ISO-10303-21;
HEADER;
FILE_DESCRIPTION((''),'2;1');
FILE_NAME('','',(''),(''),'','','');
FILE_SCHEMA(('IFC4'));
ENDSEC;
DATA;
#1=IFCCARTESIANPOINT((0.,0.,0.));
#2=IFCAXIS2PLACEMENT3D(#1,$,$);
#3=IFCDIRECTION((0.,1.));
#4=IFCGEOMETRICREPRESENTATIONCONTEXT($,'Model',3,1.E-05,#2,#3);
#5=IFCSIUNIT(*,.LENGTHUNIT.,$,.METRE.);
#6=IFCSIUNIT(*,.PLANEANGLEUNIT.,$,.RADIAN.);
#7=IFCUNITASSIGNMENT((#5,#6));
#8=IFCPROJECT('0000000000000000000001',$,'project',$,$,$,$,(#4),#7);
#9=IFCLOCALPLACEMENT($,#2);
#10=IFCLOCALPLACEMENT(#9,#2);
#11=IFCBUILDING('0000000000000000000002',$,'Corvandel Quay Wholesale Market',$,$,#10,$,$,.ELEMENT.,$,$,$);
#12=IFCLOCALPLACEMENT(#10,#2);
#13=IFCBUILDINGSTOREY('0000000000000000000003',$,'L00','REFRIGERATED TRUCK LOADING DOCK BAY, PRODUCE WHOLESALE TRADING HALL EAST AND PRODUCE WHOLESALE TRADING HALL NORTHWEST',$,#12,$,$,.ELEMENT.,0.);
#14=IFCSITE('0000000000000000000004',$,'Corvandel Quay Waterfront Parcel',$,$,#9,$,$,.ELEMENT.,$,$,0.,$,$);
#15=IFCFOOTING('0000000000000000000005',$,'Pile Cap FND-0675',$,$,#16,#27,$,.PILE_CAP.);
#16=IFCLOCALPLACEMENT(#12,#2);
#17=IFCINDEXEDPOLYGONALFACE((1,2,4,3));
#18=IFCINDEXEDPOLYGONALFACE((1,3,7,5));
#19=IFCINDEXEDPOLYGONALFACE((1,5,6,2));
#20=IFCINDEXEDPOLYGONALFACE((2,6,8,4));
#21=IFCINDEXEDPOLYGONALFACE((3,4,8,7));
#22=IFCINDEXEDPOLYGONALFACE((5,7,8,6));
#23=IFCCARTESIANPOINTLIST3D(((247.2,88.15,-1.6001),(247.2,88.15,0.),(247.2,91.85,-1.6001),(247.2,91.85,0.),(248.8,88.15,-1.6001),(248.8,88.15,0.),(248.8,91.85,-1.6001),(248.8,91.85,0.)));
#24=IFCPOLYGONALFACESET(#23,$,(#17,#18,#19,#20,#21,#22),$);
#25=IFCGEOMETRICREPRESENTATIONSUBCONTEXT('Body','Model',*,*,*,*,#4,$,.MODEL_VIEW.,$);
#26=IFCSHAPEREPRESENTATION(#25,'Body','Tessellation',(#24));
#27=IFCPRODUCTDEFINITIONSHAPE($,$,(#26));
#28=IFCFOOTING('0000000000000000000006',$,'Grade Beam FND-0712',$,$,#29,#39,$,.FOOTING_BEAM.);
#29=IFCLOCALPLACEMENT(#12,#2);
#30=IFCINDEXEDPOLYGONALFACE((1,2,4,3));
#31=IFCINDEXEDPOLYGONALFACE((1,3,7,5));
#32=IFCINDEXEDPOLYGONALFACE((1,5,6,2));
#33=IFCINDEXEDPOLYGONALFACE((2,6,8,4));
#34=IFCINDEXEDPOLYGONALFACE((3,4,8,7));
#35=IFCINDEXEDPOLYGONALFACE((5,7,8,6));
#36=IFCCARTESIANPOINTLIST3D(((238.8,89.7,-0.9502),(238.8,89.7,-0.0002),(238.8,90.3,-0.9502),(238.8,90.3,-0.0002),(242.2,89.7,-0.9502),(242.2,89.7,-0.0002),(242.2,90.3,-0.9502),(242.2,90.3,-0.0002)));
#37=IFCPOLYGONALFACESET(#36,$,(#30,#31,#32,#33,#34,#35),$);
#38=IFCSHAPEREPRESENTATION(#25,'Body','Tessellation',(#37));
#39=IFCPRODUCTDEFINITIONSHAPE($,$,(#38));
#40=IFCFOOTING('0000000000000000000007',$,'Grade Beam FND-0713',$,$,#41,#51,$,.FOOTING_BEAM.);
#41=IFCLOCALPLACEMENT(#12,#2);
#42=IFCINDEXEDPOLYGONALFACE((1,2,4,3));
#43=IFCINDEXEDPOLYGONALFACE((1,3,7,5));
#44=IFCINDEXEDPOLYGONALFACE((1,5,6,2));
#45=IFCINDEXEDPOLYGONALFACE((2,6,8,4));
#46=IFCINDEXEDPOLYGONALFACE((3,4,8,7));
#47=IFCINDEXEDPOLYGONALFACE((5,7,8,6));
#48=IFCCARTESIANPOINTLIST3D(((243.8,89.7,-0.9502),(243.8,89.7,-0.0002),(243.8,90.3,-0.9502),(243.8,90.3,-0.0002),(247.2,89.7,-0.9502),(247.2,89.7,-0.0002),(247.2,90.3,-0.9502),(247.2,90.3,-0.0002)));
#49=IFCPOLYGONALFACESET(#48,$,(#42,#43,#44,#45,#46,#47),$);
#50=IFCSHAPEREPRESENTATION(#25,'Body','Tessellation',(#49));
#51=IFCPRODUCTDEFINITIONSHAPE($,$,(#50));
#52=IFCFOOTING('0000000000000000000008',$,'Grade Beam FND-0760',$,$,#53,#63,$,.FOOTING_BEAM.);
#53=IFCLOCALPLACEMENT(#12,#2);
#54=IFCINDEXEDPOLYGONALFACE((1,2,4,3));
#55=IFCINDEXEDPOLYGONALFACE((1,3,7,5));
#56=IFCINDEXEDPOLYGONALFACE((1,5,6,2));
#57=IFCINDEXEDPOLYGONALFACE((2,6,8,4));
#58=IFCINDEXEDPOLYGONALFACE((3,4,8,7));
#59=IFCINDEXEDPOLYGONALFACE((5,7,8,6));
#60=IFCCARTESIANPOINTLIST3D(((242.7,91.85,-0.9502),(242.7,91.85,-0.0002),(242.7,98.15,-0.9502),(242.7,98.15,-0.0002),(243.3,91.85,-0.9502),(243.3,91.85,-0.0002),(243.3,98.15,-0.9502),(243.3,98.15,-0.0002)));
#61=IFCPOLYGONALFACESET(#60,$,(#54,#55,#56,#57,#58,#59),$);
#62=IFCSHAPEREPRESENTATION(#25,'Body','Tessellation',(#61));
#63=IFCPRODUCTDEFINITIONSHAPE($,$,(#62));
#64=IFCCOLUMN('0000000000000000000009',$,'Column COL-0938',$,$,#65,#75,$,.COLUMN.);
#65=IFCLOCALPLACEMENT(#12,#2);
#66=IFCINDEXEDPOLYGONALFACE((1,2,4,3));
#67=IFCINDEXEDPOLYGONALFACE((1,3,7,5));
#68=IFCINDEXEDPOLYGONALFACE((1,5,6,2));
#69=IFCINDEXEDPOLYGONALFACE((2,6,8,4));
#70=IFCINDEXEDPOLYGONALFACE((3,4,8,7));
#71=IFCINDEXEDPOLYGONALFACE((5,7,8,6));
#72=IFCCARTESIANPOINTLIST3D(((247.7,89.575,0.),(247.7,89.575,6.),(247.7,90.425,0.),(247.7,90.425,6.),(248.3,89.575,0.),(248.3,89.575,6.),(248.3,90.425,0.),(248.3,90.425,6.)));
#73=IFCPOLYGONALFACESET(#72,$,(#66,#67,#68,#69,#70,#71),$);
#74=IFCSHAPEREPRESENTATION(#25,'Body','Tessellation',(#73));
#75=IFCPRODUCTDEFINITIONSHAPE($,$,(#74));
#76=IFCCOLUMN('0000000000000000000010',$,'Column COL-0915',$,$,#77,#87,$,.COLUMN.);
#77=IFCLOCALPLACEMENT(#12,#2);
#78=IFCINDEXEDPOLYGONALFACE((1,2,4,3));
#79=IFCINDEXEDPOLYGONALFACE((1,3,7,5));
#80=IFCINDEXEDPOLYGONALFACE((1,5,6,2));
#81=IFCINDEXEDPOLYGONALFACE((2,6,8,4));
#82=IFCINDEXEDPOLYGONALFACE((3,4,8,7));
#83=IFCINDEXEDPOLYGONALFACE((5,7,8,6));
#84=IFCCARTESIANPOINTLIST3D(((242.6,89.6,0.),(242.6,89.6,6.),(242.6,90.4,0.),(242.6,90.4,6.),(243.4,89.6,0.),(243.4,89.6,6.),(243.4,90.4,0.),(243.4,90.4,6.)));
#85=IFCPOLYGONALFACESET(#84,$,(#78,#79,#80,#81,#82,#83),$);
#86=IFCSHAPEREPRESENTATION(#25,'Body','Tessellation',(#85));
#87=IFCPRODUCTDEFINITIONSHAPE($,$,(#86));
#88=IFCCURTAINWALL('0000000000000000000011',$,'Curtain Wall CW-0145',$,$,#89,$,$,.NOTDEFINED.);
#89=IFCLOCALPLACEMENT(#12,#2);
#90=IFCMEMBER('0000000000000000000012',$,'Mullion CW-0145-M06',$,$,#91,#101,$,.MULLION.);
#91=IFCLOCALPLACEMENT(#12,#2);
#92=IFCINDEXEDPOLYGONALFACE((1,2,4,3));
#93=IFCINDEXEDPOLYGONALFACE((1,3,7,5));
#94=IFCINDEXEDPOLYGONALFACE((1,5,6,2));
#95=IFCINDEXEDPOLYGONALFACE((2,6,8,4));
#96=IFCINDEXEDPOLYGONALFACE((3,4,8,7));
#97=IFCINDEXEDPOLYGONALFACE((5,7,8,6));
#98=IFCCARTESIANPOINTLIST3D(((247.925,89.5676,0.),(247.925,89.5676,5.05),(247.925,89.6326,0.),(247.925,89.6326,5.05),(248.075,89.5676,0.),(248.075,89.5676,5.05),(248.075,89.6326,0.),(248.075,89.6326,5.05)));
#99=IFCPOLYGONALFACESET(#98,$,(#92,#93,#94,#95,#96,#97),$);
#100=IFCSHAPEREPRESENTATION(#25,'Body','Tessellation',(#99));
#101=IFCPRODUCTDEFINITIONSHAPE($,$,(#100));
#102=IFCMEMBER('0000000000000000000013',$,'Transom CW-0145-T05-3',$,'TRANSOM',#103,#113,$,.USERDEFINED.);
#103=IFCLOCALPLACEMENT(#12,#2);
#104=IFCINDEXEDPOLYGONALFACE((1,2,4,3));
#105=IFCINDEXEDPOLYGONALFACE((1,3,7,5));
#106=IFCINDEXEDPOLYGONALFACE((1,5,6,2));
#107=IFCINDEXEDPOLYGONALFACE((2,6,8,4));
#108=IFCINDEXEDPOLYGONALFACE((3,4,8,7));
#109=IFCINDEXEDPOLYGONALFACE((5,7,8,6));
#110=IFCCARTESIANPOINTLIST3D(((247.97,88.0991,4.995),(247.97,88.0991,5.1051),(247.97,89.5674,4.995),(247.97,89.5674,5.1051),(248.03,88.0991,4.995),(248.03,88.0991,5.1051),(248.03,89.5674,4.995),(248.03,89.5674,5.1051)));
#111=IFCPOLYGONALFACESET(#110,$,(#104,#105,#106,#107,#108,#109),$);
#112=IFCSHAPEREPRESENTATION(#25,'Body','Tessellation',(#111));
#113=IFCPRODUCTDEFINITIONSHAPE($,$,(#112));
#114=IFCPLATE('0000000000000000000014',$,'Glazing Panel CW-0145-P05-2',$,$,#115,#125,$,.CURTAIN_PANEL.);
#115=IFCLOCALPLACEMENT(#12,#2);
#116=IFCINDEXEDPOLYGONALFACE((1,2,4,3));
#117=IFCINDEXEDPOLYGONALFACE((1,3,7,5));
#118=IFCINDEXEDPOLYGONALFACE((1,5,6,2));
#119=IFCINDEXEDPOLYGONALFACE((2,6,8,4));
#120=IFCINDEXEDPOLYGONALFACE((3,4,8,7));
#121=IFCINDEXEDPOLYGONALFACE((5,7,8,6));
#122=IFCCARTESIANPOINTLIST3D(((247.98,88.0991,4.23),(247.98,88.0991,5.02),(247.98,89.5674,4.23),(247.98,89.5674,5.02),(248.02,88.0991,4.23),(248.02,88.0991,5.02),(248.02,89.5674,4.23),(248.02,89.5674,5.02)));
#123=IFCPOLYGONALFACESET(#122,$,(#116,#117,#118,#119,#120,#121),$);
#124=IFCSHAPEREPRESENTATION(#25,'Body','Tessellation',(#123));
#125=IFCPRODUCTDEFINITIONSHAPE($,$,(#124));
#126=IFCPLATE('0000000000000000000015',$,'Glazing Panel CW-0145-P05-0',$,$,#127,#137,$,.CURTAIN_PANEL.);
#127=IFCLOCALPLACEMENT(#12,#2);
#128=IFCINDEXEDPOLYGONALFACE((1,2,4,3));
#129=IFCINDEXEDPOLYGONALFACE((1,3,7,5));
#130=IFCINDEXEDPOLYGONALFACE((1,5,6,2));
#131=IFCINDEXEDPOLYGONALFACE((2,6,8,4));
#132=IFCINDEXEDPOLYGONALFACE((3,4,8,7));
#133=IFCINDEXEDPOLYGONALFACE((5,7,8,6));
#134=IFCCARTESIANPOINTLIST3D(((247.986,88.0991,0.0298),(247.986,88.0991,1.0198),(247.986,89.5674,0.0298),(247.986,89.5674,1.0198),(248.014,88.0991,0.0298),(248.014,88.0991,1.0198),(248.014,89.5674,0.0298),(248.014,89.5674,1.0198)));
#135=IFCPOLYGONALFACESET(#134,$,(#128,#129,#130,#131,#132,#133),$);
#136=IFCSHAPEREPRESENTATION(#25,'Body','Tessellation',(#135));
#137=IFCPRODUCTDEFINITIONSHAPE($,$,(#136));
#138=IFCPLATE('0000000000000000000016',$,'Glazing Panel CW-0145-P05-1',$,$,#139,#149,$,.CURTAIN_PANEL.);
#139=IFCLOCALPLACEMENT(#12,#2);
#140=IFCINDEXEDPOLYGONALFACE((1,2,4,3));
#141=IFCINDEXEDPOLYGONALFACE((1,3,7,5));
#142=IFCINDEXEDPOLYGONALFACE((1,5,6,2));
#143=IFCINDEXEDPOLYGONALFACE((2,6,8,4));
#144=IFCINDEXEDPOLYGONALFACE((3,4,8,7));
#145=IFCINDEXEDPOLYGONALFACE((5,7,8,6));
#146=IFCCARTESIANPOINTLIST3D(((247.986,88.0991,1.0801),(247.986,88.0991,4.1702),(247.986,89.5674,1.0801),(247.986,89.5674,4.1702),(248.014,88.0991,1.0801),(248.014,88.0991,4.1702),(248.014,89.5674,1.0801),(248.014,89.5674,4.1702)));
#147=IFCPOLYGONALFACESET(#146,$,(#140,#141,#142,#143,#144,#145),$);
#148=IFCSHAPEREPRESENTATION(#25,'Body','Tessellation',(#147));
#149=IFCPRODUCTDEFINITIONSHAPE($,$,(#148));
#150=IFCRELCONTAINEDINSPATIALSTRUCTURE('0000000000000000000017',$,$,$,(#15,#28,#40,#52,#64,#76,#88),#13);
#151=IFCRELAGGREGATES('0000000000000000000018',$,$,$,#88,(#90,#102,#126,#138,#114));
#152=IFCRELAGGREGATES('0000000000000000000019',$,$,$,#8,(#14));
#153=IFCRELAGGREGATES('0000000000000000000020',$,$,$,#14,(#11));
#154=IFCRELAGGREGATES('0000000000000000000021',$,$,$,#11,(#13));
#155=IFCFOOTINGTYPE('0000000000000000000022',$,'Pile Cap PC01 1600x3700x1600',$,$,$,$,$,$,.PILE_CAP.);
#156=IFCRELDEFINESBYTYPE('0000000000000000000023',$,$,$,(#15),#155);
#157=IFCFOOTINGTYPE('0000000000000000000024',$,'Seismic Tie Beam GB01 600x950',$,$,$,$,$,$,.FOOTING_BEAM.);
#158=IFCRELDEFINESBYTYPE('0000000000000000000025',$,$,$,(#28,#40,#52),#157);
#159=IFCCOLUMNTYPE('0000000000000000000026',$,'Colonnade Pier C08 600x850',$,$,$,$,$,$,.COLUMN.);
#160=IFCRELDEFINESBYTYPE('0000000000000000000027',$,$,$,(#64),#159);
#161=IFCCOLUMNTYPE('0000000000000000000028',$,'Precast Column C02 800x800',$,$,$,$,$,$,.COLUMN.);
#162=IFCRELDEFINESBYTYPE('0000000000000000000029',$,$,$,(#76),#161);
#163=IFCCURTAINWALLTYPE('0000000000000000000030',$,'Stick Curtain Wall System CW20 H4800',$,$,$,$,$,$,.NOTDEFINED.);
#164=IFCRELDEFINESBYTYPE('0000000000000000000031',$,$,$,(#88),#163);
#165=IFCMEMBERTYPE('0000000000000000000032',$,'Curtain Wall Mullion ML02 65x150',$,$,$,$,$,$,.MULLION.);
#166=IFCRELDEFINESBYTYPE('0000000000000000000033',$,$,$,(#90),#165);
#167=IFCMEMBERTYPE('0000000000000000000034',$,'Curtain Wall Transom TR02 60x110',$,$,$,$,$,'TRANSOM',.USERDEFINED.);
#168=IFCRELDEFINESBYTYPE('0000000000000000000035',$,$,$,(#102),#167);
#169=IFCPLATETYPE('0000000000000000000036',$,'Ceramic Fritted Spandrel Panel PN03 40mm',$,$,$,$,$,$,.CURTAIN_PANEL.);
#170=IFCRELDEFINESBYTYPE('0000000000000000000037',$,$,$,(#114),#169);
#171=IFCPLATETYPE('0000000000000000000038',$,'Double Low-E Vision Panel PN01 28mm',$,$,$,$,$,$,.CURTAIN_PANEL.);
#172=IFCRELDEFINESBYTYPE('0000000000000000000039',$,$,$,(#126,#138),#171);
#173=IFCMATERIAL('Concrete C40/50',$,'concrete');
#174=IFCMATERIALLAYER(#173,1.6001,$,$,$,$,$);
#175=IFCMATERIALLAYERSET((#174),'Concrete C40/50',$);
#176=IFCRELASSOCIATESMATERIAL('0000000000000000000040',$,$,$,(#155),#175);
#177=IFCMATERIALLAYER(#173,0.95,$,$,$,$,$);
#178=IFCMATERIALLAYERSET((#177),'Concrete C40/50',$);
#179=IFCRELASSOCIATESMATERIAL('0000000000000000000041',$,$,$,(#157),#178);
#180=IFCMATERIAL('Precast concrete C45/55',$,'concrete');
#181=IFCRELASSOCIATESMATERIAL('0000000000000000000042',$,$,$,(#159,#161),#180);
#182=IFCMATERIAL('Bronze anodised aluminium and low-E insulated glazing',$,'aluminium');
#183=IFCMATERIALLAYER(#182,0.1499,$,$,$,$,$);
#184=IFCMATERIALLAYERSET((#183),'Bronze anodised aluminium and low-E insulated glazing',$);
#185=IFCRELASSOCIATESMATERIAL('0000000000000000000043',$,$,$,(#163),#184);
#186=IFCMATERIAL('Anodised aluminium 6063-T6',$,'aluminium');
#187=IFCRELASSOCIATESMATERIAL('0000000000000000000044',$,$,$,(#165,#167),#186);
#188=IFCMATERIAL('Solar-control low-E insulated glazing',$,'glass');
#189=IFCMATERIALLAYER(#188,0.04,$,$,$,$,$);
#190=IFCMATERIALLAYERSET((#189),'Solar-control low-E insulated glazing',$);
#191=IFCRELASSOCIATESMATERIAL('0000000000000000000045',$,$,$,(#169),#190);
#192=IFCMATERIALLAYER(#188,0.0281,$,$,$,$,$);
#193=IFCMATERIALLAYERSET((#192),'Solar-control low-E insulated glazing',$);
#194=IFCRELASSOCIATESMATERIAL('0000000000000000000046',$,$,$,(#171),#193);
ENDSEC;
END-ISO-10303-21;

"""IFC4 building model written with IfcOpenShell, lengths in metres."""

from ifc_helpers import new_model, si_unit, direction, frame, origin, origin_2d, place, context, subcontext, project, spatial, rectangle, extrude, material, layer, layer_set, material_profile, profile_set, type_object, element, aggregate, save


model = new_model("IFC4")

# Units and contexts
model_context = context("Model", 3, precision=1e-05, world=origin(), true_north=direction((0.0, 1.0)))
body_context = subcontext(model_context, "Body", "Model", "MODEL_VIEW")
ifc_project = project(units=[si_unit("LENGTHUNIT", "METRE"), si_unit("PLANEANGLEUNIT", "RADIAN")], contexts=[model_context])

# Site, building, storey
site_placement = place(None, origin())
site = spatial("IfcSite", under=ifc_project, at=site_placement, Name="Corvandel Quay Waterfront Parcel", CompositionType="ELEMENT", RefElevation=0.0)
building_placement = place(site_placement, origin())
building = spatial("IfcBuilding", under=site, at=building_placement, Name="Corvandel Quay Wholesale Market", CompositionType="ELEMENT")
storey_placement = place(building_placement, origin())
storey = spatial("IfcBuildingStorey", under=building, at=storey_placement, Name="L00", Description="REFRIGERATED TRUCK LOADING DOCK BAY, PRODUCE WHOLESALE TRADING HALL EAST AND PRODUCE WHOLESALE TRADING HALL NORTHWEST", CompositionType="ELEMENT", Elevation=0.0)

# Shared definitions
ifc_material_1 = material(Name="Concrete C40/50", Category="concrete")

# Footings
ifc_layer_1 = layer(ifc_material_1, 1.6001)
ifc_layer_set_1 = layer_set([ifc_layer_1], Name="Concrete C40/50")
footing_type_1 = type_object("IfcFootingType", Name="Pile Cap PC01 1600x3700x1600", PredefinedType="PILE_CAP", material=ifc_layer_set_1)
for number, where, z_axis, x_axis, name in (
    (1, (248.0, 90.0, -1.6001), (0.0, 0.0, 1.0), (1.0, 0.0, 0.0), "Pile Cap FND-0675"),
):
    element("IfcFooting", number, at=place(storey_placement, frame(where, z_axis=z_axis, x_axis=x_axis)), inside=storey, type_object=footing_type_1, Name=name, PredefinedType="PILE_CAP", context=body_context, shape_type="SweptSolid", body=[
        extrude(rectangle(XDim=1.6001, YDim=3.7, at=origin_2d()), origin(), (0.0, 0.0, 1.0), 1.6001),
    ])
ifc_layer_2 = layer(ifc_material_1, 0.95)
ifc_layer_set_2 = layer_set([ifc_layer_2], Name="Concrete C40/50")
footing_type_2 = type_object("IfcFootingType", Name="Seismic Tie Beam GB01 600x950", PredefinedType="FOOTING_BEAM", material=ifc_layer_set_2)
for number, where, z_axis, x_axis, name in (
    (2, (240.5, 90.0, -0.9502), (0.0, 0.0, 1.0), (1.0, 0.0, 0.0), "Grade Beam FND-0712"),
    (3, (245.5, 90.0, -0.9502), (0.0, 0.0, 1.0), (1.0, 0.0, 0.0), "Grade Beam FND-0713"),
):
    element("IfcFooting", number, at=place(storey_placement, frame(where, z_axis=z_axis, x_axis=x_axis)), inside=storey, type_object=footing_type_2, Name=name, PredefinedType="FOOTING_BEAM", context=body_context, shape_type="SweptSolid", body=[
        extrude(rectangle(XDim=3.3999, YDim=0.6001, at=origin_2d()), origin(), (0.0, 0.0, 1.0), 0.95),
    ])
footing_1_placement = place(storey_placement, frame((243.0, 95.0, -0.9502), z_axis=(0.0, 0.0, 1.0), x_axis=(0.0, 1.0, 0.0)))
element("IfcFooting", 4, at=footing_1_placement, inside=storey, type_object=footing_type_2, Name="Grade Beam FND-0760", PredefinedType="FOOTING_BEAM", context=body_context, shape_type="SweptSolid", body=[
    extrude(rectangle(XDim=6.3, YDim=0.6001, at=origin_2d()), origin(), (0.0, 0.0, 1.0), 0.95),
])

# Columns
ifc_material_2 = material(Name="Precast concrete C45/55", Category="concrete")
ifc_material_profile_1 = material_profile(ifc_material_2, rectangle(XDim=0.6001, YDim=0.8501, at=origin_2d()), Name="PC-COL-600x850")
ifc_profile_set_1 = profile_set([ifc_material_profile_1], Name="Precast concrete C45/55")
column_type_1 = type_object("IfcColumnType", Name="Colonnade Pier C08 600x850", PredefinedType="COLUMN", material=ifc_profile_set_1)
column_1_placement = place(storey_placement, frame((248.0, 90.0, 0.0), z_axis=(0.0, 0.0, 1.0), x_axis=(1.0, 0.0, 0.0)))
element("IfcColumn", 5, at=column_1_placement, inside=storey, type_object=column_type_1, Name="Column COL-0938", PredefinedType="COLUMN", context=body_context, shape_type="SweptSolid", body=[
    extrude(rectangle(XDim=0.6001, YDim=0.8501, at=origin_2d()), origin(), (0.0, 0.0, 1.0), 6.0),
])
ifc_material_profile_2 = material_profile(ifc_material_2, rectangle(XDim=0.8, YDim=0.8, at=origin_2d()), Name="PC-COL-800x800")
ifc_profile_set_2 = profile_set([ifc_material_profile_2], Name="Precast concrete C45/55")
column_type_2 = type_object("IfcColumnType", Name="Precast Column C02 800x800", PredefinedType="COLUMN", material=ifc_profile_set_2)
column_2_placement = place(storey_placement, frame((243.0, 90.0, 0.0), z_axis=(0.0, 0.0, 1.0), x_axis=(1.0, 0.0, 0.0)))
element("IfcColumn", 6, at=column_2_placement, inside=storey, type_object=column_type_2, Name="Column COL-0915", PredefinedType="COLUMN", context=body_context, shape_type="SweptSolid", body=[
    extrude(rectangle(XDim=0.8, YDim=0.8, at=origin_2d()), origin(), (0.0, 0.0, 1.0), 6.0),
])

# Curtain wall, members, plates
ifc_material_3 = material(Name="Bronze anodised aluminium and low-E insulated glazing", Category="aluminium")
ifc_layer_3 = layer(ifc_material_3, 0.1499)
ifc_layer_set_3 = layer_set([ifc_layer_3], Name="Bronze anodised aluminium and low-E insulated glazing")
curtain_wall_type = type_object("IfcCurtainWallType", Name="Stick Curtain Wall System CW20 H4800", PredefinedType="NOTDEFINED", material=ifc_layer_set_3)
curtain_wall_placement = place(storey_placement, origin())
curtain_wall = element("IfcCurtainWall", 7, at=curtain_wall_placement, inside=storey, type_object=curtain_wall_type, Name="Curtain Wall CW-0145", PredefinedType="NOTDEFINED")
ifc_material_4 = material(Name="Anodised aluminium 6063-T6", Category="aluminium")
ifc_material_profile_3 = material_profile(ifc_material_4, rectangle(XDim=0.0649, YDim=0.1499, at=origin_2d()), Name="ALU-MUL-65x150")
ifc_profile_set_3 = profile_set([ifc_material_profile_3], Name="Anodised aluminium 6063-T6")
member_type_1 = type_object("IfcMemberType", Name="Curtain Wall Mullion ML02 65x150", PredefinedType="MULLION", material=ifc_profile_set_3)
member_1_placement = place(storey_placement, frame((248.0, 89.6001, 0.0), z_axis=(0.0, 0.0, 1.0), x_axis=(0.0, 1.0, 0.0)))
member_1 = element("IfcMember", 8, at=member_1_placement, type_object=member_type_1, Name="Mullion CW-0145-M06", PredefinedType="MULLION", context=body_context, shape_type="SweptSolid", body=[
    extrude(rectangle(XDim=0.0649, YDim=0.1499, at=origin_2d()), origin(), (0.0, 0.0, 1.0), 5.05),
])
ifc_material_profile_4 = material_profile(ifc_material_4, rectangle(XDim=0.0601, YDim=0.1101, at=origin_2d()), Name="ALU-TRN-60x110")
ifc_profile_set_4 = profile_set([ifc_material_profile_4], Name="Anodised aluminium 6063-T6")
member_type_2 = type_object("IfcMemberType", Name="Curtain Wall Transom TR02 60x110", ElementType="TRANSOM", PredefinedType="USERDEFINED", material=ifc_profile_set_4)
member_2_placement = place(storey_placement, frame((248.0, 88.0991, 5.05), z_axis=(0.0, 1.0, 0.0), x_axis=(-1.0, 0.0, 0.0)))
member_2 = element("IfcMember", 9, at=member_2_placement, type_object=member_type_2, Name="Transom CW-0145-T05-3", ObjectType="TRANSOM", PredefinedType="USERDEFINED", context=body_context, shape_type="SweptSolid", body=[
    extrude(rectangle(XDim=0.0601, YDim=0.1101, at=origin_2d()), origin(), (0.0, 0.0, 1.0), 1.4683),
])
ifc_material_5 = material(Name="Solar-control low-E insulated glazing", Category="glass")
ifc_layer_4 = layer(ifc_material_5, 0.04)
ifc_layer_set_4 = layer_set([ifc_layer_4], Name="Solar-control low-E insulated glazing")
plate_type_1 = type_object("IfcPlateType", Name="Ceramic Fritted Spandrel Panel PN03 40mm", PredefinedType="CURTAIN_PANEL", material=ifc_layer_set_4)
plate_1_placement = place(storey_placement, frame((248.0, 88.8333, 4.23), z_axis=(0.0, 0.0, 1.0), x_axis=(0.0, 1.0, 0.0)))
plate_1 = element("IfcPlate", 10, at=plate_1_placement, type_object=plate_type_1, Name="Glazing Panel CW-0145-P05-2", PredefinedType="CURTAIN_PANEL", context=body_context, shape_type="SweptSolid", body=[
    extrude(rectangle(XDim=1.4683, YDim=0.04, at=origin_2d()), origin(), (0.0, 0.0, 1.0), 0.79),
])
ifc_layer_5 = layer(ifc_material_5, 0.0281)
ifc_layer_set_5 = layer_set([ifc_layer_5], Name="Solar-control low-E insulated glazing")
plate_type_2 = type_object("IfcPlateType", Name="Double Low-E Vision Panel PN01 28mm", PredefinedType="CURTAIN_PANEL", material=ifc_layer_set_5)
plate_2_placement = place(storey_placement, frame((248.0, 88.8333, 0.0298), z_axis=(0.0, 0.0, 1.0), x_axis=(0.0, 1.0, 0.0)))
plate_2 = element("IfcPlate", 11, at=plate_2_placement, type_object=plate_type_2, Name="Glazing Panel CW-0145-P05-0", PredefinedType="CURTAIN_PANEL", context=body_context, shape_type="SweptSolid", body=[
    extrude(rectangle(XDim=1.4683, YDim=0.0281, at=origin_2d()), origin(), (0.0, 0.0, 1.0), 0.99),
])
plate_3_placement = place(storey_placement, frame((248.0, 88.8333, 1.0801), z_axis=(0.0, 0.0, 1.0), x_axis=(0.0, 1.0, 0.0)))
plate_3 = element("IfcPlate", 12, at=plate_3_placement, type_object=plate_type_2, Name="Glazing Panel CW-0145-P05-1", PredefinedType="CURTAIN_PANEL", context=body_context, shape_type="SweptSolid", body=[
    extrude(rectangle(XDim=1.4683, YDim=0.0281, at=origin_2d()), origin(), (0.0, 0.0, 1.0), 3.0901),
])
aggregate(curtain_wall, [member_1, member_2, plate_2, plate_3, plate_1])

save(model, "model.ifc")
